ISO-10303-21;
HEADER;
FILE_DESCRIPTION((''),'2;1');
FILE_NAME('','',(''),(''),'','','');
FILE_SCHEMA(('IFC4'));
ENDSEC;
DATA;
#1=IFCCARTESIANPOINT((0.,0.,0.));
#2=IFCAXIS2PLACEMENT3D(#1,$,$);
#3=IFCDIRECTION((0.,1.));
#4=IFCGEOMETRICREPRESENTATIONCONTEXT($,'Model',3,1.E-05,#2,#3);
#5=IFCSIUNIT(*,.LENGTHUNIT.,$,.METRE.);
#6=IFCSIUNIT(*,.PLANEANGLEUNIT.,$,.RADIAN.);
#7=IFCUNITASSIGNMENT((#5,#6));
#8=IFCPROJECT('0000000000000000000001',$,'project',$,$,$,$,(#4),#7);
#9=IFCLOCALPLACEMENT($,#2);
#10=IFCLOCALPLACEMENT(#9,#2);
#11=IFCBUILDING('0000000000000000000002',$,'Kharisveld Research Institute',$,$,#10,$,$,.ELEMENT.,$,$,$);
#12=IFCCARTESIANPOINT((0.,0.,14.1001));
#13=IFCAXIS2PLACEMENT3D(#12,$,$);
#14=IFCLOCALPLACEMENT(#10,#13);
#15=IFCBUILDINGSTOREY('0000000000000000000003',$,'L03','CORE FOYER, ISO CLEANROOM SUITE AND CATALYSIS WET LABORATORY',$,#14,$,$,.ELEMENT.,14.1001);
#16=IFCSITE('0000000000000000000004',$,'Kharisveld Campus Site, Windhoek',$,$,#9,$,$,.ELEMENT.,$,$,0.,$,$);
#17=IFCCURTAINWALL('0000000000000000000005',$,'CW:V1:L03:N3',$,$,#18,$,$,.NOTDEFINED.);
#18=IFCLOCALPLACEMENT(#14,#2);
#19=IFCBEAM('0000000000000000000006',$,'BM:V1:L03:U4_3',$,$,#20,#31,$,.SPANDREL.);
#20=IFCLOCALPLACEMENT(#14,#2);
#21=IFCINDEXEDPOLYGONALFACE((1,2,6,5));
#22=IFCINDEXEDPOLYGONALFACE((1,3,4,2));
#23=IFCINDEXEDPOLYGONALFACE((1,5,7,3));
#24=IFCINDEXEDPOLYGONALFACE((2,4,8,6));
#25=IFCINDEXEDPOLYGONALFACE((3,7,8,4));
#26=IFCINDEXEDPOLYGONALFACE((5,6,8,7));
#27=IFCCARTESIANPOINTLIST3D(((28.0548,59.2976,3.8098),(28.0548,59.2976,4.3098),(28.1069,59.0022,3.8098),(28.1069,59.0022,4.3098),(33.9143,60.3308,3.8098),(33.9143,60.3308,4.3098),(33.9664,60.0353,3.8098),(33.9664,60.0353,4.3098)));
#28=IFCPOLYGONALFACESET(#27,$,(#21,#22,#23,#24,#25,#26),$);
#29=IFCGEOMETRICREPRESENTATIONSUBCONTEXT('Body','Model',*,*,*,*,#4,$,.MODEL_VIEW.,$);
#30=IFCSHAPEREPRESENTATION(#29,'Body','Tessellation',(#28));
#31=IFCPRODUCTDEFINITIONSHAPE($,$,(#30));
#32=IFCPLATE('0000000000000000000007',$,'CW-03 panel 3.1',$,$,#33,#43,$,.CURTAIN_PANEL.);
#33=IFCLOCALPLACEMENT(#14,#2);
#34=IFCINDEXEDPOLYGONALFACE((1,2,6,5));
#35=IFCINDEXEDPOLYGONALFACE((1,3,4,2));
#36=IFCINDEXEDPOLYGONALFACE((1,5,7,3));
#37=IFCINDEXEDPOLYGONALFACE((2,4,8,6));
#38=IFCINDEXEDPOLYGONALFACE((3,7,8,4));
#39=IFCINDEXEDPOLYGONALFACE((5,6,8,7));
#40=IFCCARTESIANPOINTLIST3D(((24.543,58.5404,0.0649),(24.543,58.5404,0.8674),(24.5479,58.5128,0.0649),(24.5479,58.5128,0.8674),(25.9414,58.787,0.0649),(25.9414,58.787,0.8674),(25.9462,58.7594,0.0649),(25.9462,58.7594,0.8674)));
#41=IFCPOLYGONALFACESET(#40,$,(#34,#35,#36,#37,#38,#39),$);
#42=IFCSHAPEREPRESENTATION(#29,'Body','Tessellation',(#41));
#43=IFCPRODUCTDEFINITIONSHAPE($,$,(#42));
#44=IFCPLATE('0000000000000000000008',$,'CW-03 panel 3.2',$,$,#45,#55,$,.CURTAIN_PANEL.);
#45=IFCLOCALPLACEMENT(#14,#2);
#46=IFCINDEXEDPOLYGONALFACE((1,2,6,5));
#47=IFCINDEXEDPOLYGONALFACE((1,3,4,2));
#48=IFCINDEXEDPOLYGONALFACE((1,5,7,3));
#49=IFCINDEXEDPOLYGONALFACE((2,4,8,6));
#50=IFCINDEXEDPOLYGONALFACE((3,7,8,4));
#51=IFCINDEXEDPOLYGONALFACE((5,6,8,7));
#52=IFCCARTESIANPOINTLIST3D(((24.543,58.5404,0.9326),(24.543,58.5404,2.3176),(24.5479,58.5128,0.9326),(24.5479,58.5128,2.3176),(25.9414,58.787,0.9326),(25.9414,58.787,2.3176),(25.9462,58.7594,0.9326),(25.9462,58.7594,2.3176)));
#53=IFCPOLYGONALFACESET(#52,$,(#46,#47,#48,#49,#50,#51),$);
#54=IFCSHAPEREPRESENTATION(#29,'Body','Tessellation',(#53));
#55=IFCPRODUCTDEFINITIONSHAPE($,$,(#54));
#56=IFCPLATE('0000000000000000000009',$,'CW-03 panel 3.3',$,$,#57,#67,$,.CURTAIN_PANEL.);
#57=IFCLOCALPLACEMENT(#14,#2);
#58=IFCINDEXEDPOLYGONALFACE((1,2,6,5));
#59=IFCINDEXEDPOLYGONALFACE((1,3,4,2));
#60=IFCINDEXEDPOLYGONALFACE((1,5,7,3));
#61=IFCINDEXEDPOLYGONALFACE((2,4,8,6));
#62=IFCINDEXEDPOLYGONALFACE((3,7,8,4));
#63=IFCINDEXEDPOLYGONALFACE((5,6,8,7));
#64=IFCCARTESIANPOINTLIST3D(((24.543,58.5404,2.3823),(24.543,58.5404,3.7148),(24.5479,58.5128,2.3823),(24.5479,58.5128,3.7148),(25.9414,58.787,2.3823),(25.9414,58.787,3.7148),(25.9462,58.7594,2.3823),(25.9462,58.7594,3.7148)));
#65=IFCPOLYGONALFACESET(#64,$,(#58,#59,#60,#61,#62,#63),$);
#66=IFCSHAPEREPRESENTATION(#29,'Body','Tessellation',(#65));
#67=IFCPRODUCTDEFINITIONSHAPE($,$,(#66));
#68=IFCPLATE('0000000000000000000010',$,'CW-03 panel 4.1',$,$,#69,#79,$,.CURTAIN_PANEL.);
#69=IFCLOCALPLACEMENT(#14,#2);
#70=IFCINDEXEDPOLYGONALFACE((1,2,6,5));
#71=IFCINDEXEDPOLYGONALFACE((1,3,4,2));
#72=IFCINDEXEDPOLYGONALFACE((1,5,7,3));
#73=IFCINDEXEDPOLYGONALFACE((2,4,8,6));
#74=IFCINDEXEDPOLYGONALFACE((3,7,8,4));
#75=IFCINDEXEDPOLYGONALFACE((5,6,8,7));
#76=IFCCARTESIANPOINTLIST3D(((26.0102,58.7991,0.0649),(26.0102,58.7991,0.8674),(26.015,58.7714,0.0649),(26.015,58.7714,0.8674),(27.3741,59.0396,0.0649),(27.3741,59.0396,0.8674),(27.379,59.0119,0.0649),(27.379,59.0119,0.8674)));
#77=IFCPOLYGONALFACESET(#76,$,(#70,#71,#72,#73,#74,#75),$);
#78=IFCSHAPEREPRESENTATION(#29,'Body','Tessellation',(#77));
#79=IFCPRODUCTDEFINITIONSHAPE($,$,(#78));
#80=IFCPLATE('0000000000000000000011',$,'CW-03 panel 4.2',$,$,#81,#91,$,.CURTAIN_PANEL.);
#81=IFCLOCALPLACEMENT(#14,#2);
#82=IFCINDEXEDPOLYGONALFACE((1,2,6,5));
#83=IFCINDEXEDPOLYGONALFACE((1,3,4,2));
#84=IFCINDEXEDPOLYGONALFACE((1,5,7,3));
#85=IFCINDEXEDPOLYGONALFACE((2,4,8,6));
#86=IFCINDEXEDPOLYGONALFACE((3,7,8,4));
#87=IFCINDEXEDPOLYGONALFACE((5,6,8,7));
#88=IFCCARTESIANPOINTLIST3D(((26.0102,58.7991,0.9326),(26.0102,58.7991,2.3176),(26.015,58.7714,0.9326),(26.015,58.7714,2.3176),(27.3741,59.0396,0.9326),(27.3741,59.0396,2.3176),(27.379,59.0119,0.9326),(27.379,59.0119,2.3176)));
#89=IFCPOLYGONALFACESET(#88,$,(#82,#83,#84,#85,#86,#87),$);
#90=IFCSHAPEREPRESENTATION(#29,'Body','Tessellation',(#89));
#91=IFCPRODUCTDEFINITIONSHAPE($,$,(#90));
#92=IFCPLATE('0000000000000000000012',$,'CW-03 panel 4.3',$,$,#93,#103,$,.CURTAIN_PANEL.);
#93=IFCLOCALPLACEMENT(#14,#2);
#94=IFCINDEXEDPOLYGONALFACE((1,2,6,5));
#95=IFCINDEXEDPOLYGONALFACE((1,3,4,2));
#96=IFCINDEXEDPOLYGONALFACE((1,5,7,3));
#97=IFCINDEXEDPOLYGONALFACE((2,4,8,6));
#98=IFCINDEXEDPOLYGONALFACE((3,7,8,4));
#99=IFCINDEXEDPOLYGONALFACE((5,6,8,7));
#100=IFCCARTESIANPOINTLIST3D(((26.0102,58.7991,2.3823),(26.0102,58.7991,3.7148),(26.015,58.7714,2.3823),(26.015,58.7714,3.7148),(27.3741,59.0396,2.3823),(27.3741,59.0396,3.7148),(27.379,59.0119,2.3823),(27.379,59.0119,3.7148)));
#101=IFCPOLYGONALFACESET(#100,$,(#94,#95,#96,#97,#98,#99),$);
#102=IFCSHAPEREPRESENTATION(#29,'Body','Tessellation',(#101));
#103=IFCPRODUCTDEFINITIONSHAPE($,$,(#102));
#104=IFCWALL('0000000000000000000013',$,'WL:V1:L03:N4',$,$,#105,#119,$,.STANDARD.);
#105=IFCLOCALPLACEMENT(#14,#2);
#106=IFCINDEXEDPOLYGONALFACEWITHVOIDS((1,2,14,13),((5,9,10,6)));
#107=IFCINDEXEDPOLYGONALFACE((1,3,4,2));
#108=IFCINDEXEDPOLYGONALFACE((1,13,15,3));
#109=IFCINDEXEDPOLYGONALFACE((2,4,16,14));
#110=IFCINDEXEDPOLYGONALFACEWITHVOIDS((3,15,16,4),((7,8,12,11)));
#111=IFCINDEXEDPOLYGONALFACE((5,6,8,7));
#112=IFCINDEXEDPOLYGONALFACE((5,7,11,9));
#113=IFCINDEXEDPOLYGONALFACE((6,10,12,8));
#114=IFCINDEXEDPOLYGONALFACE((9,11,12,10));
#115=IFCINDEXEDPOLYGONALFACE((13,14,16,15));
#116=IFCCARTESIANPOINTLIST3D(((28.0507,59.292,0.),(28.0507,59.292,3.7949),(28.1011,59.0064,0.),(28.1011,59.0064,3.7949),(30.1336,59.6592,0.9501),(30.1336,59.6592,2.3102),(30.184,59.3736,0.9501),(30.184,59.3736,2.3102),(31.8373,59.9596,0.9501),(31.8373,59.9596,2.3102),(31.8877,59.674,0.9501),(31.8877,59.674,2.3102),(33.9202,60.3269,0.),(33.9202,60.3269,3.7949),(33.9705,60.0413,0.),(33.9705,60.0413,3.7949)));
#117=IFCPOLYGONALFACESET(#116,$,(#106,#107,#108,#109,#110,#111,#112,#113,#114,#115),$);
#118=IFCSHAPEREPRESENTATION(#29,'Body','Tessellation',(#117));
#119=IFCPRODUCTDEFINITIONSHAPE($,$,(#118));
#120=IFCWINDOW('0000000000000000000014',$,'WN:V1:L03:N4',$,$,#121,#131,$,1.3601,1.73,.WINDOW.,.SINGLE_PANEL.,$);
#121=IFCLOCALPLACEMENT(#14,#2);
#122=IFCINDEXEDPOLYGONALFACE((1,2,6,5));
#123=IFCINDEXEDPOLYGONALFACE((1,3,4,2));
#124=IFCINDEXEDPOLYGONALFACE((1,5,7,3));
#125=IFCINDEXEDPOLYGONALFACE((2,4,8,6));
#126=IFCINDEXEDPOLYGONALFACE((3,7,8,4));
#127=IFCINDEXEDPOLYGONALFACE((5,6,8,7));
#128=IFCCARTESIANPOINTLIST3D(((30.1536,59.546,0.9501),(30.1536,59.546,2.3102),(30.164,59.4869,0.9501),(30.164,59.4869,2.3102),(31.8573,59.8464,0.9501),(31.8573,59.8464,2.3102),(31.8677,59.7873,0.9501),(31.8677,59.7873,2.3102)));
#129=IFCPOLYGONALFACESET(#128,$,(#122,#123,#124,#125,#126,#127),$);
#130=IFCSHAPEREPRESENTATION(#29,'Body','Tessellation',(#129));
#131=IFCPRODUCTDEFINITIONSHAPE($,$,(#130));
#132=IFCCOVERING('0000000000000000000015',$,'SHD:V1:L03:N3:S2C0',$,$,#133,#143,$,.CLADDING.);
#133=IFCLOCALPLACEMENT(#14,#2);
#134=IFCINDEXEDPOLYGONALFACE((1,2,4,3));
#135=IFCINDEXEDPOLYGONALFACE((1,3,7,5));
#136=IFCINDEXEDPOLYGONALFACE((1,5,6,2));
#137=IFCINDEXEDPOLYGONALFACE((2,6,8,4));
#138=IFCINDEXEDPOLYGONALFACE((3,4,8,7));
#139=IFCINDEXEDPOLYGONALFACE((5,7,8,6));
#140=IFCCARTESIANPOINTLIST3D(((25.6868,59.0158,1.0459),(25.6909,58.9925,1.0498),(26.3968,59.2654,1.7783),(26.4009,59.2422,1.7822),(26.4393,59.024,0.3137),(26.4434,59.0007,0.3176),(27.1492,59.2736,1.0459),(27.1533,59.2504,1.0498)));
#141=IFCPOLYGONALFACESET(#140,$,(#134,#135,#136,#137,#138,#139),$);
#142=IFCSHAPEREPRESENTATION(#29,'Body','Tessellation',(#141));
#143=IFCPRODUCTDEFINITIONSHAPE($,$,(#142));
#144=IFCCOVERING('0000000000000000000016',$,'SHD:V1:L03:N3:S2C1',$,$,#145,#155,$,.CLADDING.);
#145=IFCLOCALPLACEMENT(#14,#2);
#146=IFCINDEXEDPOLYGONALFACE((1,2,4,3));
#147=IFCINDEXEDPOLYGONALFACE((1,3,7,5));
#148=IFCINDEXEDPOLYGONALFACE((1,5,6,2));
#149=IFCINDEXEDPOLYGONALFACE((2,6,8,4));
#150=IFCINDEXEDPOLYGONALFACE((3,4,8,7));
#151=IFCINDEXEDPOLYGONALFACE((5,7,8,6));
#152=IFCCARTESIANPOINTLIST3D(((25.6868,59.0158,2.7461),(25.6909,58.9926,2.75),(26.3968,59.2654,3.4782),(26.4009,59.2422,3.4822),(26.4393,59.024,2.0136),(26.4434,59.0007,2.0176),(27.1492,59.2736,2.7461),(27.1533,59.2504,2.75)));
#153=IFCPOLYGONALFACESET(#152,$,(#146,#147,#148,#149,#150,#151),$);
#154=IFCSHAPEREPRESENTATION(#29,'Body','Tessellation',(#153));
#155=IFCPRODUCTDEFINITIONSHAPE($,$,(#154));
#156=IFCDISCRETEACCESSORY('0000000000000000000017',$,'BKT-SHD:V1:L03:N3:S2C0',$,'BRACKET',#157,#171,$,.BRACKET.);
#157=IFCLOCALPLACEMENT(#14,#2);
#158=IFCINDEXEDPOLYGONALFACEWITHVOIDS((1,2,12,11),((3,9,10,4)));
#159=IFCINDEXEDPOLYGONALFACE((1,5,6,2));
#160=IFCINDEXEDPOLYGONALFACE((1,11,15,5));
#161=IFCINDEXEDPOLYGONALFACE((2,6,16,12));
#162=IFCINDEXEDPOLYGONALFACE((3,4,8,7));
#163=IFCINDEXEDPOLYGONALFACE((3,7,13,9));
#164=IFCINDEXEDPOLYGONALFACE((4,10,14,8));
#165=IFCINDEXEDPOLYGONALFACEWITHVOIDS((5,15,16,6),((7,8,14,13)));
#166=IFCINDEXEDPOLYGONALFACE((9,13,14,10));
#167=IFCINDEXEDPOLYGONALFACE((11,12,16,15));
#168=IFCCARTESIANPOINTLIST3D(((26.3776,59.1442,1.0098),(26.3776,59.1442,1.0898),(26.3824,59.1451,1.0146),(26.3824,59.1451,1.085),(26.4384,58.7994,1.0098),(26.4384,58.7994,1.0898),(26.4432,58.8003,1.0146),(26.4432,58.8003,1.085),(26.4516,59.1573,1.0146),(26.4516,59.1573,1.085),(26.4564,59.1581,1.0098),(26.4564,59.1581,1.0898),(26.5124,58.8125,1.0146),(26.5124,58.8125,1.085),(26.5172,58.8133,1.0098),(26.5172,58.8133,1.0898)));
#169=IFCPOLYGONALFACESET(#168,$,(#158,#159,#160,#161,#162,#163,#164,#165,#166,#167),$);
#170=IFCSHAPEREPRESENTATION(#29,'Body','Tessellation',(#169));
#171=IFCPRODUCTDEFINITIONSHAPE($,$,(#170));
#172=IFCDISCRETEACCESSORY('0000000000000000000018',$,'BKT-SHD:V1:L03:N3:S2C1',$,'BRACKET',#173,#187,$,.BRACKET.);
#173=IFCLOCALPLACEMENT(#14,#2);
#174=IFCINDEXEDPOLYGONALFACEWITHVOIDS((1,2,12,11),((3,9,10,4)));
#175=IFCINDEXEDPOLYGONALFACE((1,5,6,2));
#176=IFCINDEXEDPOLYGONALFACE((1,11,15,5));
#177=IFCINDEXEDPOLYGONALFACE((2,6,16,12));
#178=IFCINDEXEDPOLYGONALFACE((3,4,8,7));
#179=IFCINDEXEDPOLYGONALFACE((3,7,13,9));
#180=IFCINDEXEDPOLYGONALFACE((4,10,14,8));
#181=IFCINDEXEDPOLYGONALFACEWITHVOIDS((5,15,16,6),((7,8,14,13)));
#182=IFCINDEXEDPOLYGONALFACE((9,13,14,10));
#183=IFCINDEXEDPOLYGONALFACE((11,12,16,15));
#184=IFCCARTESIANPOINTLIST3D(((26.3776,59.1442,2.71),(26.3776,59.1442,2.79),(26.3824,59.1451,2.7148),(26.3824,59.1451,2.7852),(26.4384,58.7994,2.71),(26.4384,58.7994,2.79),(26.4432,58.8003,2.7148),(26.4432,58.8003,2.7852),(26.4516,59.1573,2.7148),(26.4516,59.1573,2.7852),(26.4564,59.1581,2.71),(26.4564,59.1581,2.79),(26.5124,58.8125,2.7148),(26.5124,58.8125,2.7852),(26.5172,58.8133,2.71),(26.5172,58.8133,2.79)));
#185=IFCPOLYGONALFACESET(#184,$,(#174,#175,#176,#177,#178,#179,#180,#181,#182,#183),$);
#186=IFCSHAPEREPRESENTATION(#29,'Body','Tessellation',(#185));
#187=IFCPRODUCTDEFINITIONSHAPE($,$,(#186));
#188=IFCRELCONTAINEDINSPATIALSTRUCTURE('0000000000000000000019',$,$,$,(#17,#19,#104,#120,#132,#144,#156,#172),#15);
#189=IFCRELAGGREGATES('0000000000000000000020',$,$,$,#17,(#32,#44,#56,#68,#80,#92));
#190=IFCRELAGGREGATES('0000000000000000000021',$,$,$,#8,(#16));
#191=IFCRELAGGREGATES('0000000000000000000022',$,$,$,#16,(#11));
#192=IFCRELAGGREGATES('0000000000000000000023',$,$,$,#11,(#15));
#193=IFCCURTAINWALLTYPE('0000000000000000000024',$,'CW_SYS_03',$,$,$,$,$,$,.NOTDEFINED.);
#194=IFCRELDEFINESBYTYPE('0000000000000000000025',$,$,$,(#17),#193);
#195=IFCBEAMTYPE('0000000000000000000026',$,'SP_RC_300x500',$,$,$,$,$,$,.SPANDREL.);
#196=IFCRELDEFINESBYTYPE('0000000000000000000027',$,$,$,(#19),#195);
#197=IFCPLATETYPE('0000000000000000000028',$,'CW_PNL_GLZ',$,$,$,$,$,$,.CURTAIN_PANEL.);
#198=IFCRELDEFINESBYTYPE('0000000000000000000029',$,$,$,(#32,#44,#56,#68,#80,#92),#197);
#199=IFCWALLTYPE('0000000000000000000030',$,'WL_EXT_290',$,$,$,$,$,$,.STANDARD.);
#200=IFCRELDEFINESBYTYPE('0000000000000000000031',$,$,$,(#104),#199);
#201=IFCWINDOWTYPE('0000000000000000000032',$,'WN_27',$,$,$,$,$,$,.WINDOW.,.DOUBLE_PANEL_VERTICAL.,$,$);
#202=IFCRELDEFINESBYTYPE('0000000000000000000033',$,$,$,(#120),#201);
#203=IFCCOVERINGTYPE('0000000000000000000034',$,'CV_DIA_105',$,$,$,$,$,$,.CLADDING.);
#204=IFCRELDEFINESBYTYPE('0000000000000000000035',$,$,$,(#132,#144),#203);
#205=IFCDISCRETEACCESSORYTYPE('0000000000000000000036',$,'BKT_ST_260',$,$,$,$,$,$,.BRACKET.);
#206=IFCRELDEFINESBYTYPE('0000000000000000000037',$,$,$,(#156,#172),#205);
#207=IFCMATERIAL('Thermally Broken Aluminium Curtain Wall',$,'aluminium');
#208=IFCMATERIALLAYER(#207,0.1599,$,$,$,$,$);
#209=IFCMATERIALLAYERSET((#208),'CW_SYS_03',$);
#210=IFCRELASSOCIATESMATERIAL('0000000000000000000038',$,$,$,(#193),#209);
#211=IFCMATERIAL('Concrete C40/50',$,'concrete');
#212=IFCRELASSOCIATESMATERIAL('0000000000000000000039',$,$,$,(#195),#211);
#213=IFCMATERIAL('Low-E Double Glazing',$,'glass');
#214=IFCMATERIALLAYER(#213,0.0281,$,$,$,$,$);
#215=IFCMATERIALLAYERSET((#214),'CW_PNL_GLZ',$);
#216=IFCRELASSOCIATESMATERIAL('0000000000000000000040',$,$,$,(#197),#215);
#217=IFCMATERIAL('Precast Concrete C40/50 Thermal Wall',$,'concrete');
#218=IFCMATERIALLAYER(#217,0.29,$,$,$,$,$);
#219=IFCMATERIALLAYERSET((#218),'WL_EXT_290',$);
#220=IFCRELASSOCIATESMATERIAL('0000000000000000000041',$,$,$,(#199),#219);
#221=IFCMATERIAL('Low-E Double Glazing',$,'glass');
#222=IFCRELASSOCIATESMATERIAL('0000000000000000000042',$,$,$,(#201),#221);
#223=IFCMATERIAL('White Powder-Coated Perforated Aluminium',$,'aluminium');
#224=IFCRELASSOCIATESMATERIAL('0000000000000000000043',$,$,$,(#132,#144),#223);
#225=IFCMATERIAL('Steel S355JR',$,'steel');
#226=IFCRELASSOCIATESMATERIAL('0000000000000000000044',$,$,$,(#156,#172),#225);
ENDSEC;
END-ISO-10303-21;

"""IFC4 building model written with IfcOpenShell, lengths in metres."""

from ifc_helpers import new_model, si_unit, direction, frame, frame_2d, origin, origin_2d, place, context, subcontext, project, spatial, polyline, rectangle, hollow_rectangle, outline, extrude, material, layer, layer_set, material_profile, profile_set, type_object, element, fill, aggregate, save


model = new_model("IFC4")

# Units and contexts
model_context = context("Model", 3, precision=1e-05, world=origin(), true_north=direction((0.0, 1.0)))
body_context = subcontext(model_context, "Body", "Model", "MODEL_VIEW")
ifc_project = project(units=[si_unit("LENGTHUNIT", "METRE"), si_unit("PLANEANGLEUNIT", "RADIAN")], contexts=[model_context])

# Site, building, storey
site_placement = place(None, origin())
site = spatial("IfcSite", under=ifc_project, at=site_placement, Name="Kharisveld Campus Site, Windhoek", CompositionType="ELEMENT", RefElevation=0.0)
building_placement = place(site_placement, origin())
building = spatial("IfcBuilding", under=site, at=building_placement, Name="Kharisveld Research Institute", CompositionType="ELEMENT")
storey_placement = place(building_placement, frame((0.0, 0.0, 14.1001)))
storey = spatial("IfcBuildingStorey", under=building, at=storey_placement, Name="L03", Description="CORE FOYER, ISO CLEANROOM SUITE AND CATALYSIS WET LABORATORY", CompositionType="ELEMENT", Elevation=14.1001)

# Curtain wall
ifc_material_1 = material(Name="Thermally Broken Aluminium Curtain Wall", Category="aluminium")
ifc_layer_1 = layer(ifc_material_1, 0.1599)
ifc_layer_set_1 = layer_set([ifc_layer_1], Name="CW_SYS_03")
curtain_wall_type = type_object("IfcCurtainWallType", Name="CW_SYS_03", PredefinedType="NOTDEFINED", material=ifc_layer_set_1)
curtain_wall_placement = place(storey_placement, origin())
curtain_wall = element("IfcCurtainWall", 1, at=curtain_wall_placement, inside=storey, type_object=curtain_wall_type, Name="CW:V1:L03:N3", PredefinedType="NOTDEFINED")

# Beam
ifc_material_2 = material(Name="Concrete C40/50", Category="concrete")
ifc_material_profile_1 = material_profile(ifc_material_2, rectangle(XDim=0.3, YDim=0.5, at=origin_2d()))
ifc_profile_set_1 = profile_set([ifc_material_profile_1], Name="Concrete C40/50")
beam_type = type_object("IfcBeamType", Name="SP_RC_300x500", PredefinedType="SPANDREL", material=ifc_profile_set_1)
beam_placement = place(storey_placement, frame((28.0808, 59.1499, 4.0598), z_axis=(0.984808, 0.173647, 0.0), x_axis=(-0.173647, 0.984808, 0.0)))
element("IfcBeam", 2, at=beam_placement, inside=storey, type_object=beam_type, Name="BM:V1:L03:U4_3", PredefinedType="SPANDREL", context=body_context, shape_type="SweptSolid", body=[
    extrude(rectangle(XDim=0.3, YDim=0.5, at=origin_2d()), origin(), (0.0, 0.0, 1.0), 5.95),
])

# Plates
ifc_material_3 = material(Name="Low-E Double Glazing", Category="glass")
ifc_layer_2 = layer(ifc_material_3, 0.0281)
ifc_layer_set_2 = layer_set([ifc_layer_2], Name="CW_PNL_GLZ")
plate_type = type_object("IfcPlateType", Name="CW_PNL_GLZ", PredefinedType="CURTAIN_PANEL", material=ifc_layer_set_2)
plate_1_placement = place(storey_placement, frame((25.2446, 58.6499, 0.0649), z_axis=(0.0, 0.0, 1.0), x_axis=(0.984808, 0.173648, 0.0)))
plate_1 = element("IfcPlate", 3, at=plate_1_placement, type_object=plate_type, Name="CW-03 panel 3.1", PredefinedType="CURTAIN_PANEL", context=body_context, shape_type="SweptSolid", body=[
    extrude(rectangle(XDim=1.4199, YDim=0.0281, at=origin_2d()), origin(), (0.0, 0.0, 1.0), 0.8025),
])
plate_2_placement = place(storey_placement, frame((25.2446, 58.6499, 0.9326), z_axis=(0.0, 0.0, 1.0), x_axis=(0.984808, 0.173648, 0.0)))
plate_2 = element("IfcPlate", 4, at=plate_2_placement, type_object=plate_type, Name="CW-03 panel 3.2", PredefinedType="CURTAIN_PANEL", context=body_context, shape_type="SweptSolid", body=[
    extrude(rectangle(XDim=1.4199, YDim=0.0281, at=origin_2d()), origin(), (0.0, 0.0, 1.0), 1.385),
])
plate_3_placement = place(storey_placement, frame((25.2446, 58.6499, 2.3823), z_axis=(0.0, 0.0, 1.0), x_axis=(0.984808, 0.173648, 0.0)))
plate_3 = element("IfcPlate", 5, at=plate_3_placement, type_object=plate_type, Name="CW-03 panel 3.3", PredefinedType="CURTAIN_PANEL", context=body_context, shape_type="SweptSolid", body=[
    extrude(rectangle(XDim=1.4199, YDim=0.0281, at=origin_2d()), origin(), (0.0, 0.0, 1.0), 1.3325),
])
plate_4_placement = place(storey_placement, frame((26.6946, 58.9055, 0.0649), z_axis=(0.0, 0.0, 1.0), x_axis=(0.984808, 0.173648, 0.0)))
plate_4 = element("IfcPlate", 6, at=plate_4_placement, type_object=plate_type, Name="CW-03 panel 4.1", PredefinedType="CURTAIN_PANEL", context=body_context, shape_type="SweptSolid", body=[
    extrude(rectangle(XDim=1.385, YDim=0.0281, at=origin_2d()), origin(), (0.0, 0.0, 1.0), 0.8025),
])
plate_5_placement = place(storey_placement, frame((26.6946, 58.9055, 0.9326), z_axis=(0.0, 0.0, 1.0), x_axis=(0.984808, 0.173648, 0.0)))
plate_5 = element("IfcPlate", 7, at=plate_5_placement, type_object=plate_type, Name="CW-03 panel 4.2", PredefinedType="CURTAIN_PANEL", context=body_context, shape_type="SweptSolid", body=[
    extrude(rectangle(XDim=1.385, YDim=0.0281, at=origin_2d()), origin(), (0.0, 0.0, 1.0), 1.385),
])
plate_6_placement = place(storey_placement, frame((26.6946, 58.9055, 2.3823), z_axis=(0.0, 0.0, 1.0), x_axis=(0.984808, 0.173648, 0.0)))
plate_6 = element("IfcPlate", 8, at=plate_6_placement, type_object=plate_type, Name="CW-03 panel 4.3", PredefinedType="CURTAIN_PANEL", context=body_context, shape_type="SweptSolid", body=[
    extrude(rectangle(XDim=1.385, YDim=0.0281, at=origin_2d()), origin(), (0.0, 0.0, 1.0), 1.3325),
])
aggregate(curtain_wall, [plate_1, plate_2, plate_3, plate_4, plate_5, plate_6])

# Wall, opening, window
ifc_material_4 = material(Name="Precast Concrete C40/50 Thermal Wall", Category="concrete")
ifc_layer_3 = layer(ifc_material_4, 0.29)
ifc_layer_set_3 = layer_set([ifc_layer_3], Name="WL_EXT_290")
wall_type = type_object("IfcWallType", Name="WL_EXT_290", PredefinedType="STANDARD", material=ifc_layer_set_3)
wall_placement = place(storey_placement, frame((28.0759, 59.1492, 0.0), z_axis=(0.0, 0.0, 1.0), x_axis=(0.984808, 0.173645, 0.0)))
wall = element("IfcWall", 9, at=wall_placement, inside=storey, type_object=wall_type, Name="WL:V1:L03:N4", PredefinedType="STANDARD", context=body_context, shape_type="SweptSolid", body=[
    extrude(rectangle(XDim=5.96, YDim=0.29, at=frame_2d((2.98, 0.0))), origin(), (0.0, 0.0, 1.0), 3.7949),
])
opening_placement = place(wall_placement, frame((2.115, 0.0, 0.95)))
opening = element("IfcOpeningElement", 10, at=opening_placement, cuts=wall, PredefinedType="OPENING", context=body_context, shape_type="SweptSolid", body=[
    extrude(rectangle(XDim=1.73, YDim=1.3601, at=frame_2d((0.865, 0.6802))), frame((0.0, 0.145, 0.0), z_axis=(0.0, -1.0, 0.0), x_axis=(1.0, 0.0, 0.0)), (0.0, 0.0, 1.0), 0.29),
])
ifc_material_5 = material(Name="Low-E Double Glazing", Category="glass")
window_type = type_object("IfcWindowType", Name="WN_27", PartitioningType="DOUBLE_PANEL_VERTICAL", PredefinedType="WINDOW", material=ifc_material_5)
window_placement = place(opening_placement, origin())
window = element("IfcWindow", 11, at=window_placement, inside=storey, type_object=window_type, Name="WN:V1:L03:N4", OverallHeight=1.3601, OverallWidth=1.73, PartitioningType="SINGLE_PANEL", PredefinedType="WINDOW", context=body_context, shape_type="SweptSolid", body=[
    extrude(rectangle(XDim=1.73, YDim=1.3601, at=frame_2d((0.865, 0.6802))), frame((0.0, 0.03, 0.0), z_axis=(0.0, -1.0, 0.0), x_axis=(1.0, 0.0, 0.0)), (0.0, 0.0, 1.0), 0.0601),
])
fill(opening, window)

# Coverings
ifc_material_6 = material(Name="White Powder-Coated Perforated Aluminium", Category="aluminium")
covering_type = type_object("IfcCoveringType", Name="CV_DIA_105", PredefinedType="CLADDING")
covering_1_placement = place(storey_placement, frame((26.4434, 59.0007, 0.3176), z_axis=(0.171234, -0.971299, 0.165096), x_axis=(0.676174, 0.237734, 0.697332)))
element("IfcCovering", 12, at=covering_1_placement, inside=storey, type_object=covering_type, material=ifc_material_6, Name="SHD:V1:L03:N3:S2C0", PredefinedType="CLADDING", context=body_context, shape_type="SweptSolid", body=[
    extrude(outline(polyline([(0.0, 0.0), (1.05, 0.0), (1.05, 1.0501), (-0.0001, 1.0499), (0.0, 0.0)])), origin(), (0.0, 0.0, -1.0), 0.0239),
])
covering_2_placement = place(storey_placement, frame((26.4434, 59.0007, 2.0176), z_axis=(0.171234, -0.971299, 0.165096), x_axis=(0.676058, 0.237732, 0.697445)))
element("IfcCovering", 13, at=covering_2_placement, inside=storey, type_object=covering_type, material=ifc_material_6, Name="SHD:V1:L03:N3:S2C1", PredefinedType="CLADDING", context=body_context, shape_type="SweptSolid", body=[
    extrude(outline(polyline([(0.0, 0.0), (1.0502, 0.0), (1.0502, 1.0499), (0.0002, 1.0501), (0.0, 0.0)])), origin(), (0.0, 0.0, -1.0), 0.0239),
])

# Discrete accessories
ifc_material_7 = material(Name="Steel S355JR", Category="steel")
discrete_accessory_type = type_object("IfcDiscreteAccessoryType", Name="BKT_ST_260", PredefinedType="BRACKET")
for number, where, z_axis, x_axis, name in (
    (14, (26.4778, 58.8064, 1.0498), (-0.173666, 0.984805, 0.0), (-0.984805, -0.173666, 0.0), "BKT-SHD:V1:L03:N3:S2C0"),
    (15, (26.4778, 58.8064, 2.75), (-0.173666, 0.984805, 0.0), (-0.984805, -0.173666, 0.0), "BKT-SHD:V1:L03:N3:S2C1"),
):
    element("IfcDiscreteAccessory", number, at=place(storey_placement, frame(where, z_axis=z_axis, x_axis=x_axis)), inside=storey, type_object=discrete_accessory_type, material=ifc_material_7, Name=name, ObjectType="BRACKET", PredefinedType="BRACKET", context=body_context, shape_type="SweptSolid", body=[
        extrude(hollow_rectangle(XDim=0.0801, YDim=0.0801, WallThickness=0.0049, at=origin_2d()), origin(), (0.0, 0.0, 1.0), 0.3501),
    ])

save(model, "model.ifc")
